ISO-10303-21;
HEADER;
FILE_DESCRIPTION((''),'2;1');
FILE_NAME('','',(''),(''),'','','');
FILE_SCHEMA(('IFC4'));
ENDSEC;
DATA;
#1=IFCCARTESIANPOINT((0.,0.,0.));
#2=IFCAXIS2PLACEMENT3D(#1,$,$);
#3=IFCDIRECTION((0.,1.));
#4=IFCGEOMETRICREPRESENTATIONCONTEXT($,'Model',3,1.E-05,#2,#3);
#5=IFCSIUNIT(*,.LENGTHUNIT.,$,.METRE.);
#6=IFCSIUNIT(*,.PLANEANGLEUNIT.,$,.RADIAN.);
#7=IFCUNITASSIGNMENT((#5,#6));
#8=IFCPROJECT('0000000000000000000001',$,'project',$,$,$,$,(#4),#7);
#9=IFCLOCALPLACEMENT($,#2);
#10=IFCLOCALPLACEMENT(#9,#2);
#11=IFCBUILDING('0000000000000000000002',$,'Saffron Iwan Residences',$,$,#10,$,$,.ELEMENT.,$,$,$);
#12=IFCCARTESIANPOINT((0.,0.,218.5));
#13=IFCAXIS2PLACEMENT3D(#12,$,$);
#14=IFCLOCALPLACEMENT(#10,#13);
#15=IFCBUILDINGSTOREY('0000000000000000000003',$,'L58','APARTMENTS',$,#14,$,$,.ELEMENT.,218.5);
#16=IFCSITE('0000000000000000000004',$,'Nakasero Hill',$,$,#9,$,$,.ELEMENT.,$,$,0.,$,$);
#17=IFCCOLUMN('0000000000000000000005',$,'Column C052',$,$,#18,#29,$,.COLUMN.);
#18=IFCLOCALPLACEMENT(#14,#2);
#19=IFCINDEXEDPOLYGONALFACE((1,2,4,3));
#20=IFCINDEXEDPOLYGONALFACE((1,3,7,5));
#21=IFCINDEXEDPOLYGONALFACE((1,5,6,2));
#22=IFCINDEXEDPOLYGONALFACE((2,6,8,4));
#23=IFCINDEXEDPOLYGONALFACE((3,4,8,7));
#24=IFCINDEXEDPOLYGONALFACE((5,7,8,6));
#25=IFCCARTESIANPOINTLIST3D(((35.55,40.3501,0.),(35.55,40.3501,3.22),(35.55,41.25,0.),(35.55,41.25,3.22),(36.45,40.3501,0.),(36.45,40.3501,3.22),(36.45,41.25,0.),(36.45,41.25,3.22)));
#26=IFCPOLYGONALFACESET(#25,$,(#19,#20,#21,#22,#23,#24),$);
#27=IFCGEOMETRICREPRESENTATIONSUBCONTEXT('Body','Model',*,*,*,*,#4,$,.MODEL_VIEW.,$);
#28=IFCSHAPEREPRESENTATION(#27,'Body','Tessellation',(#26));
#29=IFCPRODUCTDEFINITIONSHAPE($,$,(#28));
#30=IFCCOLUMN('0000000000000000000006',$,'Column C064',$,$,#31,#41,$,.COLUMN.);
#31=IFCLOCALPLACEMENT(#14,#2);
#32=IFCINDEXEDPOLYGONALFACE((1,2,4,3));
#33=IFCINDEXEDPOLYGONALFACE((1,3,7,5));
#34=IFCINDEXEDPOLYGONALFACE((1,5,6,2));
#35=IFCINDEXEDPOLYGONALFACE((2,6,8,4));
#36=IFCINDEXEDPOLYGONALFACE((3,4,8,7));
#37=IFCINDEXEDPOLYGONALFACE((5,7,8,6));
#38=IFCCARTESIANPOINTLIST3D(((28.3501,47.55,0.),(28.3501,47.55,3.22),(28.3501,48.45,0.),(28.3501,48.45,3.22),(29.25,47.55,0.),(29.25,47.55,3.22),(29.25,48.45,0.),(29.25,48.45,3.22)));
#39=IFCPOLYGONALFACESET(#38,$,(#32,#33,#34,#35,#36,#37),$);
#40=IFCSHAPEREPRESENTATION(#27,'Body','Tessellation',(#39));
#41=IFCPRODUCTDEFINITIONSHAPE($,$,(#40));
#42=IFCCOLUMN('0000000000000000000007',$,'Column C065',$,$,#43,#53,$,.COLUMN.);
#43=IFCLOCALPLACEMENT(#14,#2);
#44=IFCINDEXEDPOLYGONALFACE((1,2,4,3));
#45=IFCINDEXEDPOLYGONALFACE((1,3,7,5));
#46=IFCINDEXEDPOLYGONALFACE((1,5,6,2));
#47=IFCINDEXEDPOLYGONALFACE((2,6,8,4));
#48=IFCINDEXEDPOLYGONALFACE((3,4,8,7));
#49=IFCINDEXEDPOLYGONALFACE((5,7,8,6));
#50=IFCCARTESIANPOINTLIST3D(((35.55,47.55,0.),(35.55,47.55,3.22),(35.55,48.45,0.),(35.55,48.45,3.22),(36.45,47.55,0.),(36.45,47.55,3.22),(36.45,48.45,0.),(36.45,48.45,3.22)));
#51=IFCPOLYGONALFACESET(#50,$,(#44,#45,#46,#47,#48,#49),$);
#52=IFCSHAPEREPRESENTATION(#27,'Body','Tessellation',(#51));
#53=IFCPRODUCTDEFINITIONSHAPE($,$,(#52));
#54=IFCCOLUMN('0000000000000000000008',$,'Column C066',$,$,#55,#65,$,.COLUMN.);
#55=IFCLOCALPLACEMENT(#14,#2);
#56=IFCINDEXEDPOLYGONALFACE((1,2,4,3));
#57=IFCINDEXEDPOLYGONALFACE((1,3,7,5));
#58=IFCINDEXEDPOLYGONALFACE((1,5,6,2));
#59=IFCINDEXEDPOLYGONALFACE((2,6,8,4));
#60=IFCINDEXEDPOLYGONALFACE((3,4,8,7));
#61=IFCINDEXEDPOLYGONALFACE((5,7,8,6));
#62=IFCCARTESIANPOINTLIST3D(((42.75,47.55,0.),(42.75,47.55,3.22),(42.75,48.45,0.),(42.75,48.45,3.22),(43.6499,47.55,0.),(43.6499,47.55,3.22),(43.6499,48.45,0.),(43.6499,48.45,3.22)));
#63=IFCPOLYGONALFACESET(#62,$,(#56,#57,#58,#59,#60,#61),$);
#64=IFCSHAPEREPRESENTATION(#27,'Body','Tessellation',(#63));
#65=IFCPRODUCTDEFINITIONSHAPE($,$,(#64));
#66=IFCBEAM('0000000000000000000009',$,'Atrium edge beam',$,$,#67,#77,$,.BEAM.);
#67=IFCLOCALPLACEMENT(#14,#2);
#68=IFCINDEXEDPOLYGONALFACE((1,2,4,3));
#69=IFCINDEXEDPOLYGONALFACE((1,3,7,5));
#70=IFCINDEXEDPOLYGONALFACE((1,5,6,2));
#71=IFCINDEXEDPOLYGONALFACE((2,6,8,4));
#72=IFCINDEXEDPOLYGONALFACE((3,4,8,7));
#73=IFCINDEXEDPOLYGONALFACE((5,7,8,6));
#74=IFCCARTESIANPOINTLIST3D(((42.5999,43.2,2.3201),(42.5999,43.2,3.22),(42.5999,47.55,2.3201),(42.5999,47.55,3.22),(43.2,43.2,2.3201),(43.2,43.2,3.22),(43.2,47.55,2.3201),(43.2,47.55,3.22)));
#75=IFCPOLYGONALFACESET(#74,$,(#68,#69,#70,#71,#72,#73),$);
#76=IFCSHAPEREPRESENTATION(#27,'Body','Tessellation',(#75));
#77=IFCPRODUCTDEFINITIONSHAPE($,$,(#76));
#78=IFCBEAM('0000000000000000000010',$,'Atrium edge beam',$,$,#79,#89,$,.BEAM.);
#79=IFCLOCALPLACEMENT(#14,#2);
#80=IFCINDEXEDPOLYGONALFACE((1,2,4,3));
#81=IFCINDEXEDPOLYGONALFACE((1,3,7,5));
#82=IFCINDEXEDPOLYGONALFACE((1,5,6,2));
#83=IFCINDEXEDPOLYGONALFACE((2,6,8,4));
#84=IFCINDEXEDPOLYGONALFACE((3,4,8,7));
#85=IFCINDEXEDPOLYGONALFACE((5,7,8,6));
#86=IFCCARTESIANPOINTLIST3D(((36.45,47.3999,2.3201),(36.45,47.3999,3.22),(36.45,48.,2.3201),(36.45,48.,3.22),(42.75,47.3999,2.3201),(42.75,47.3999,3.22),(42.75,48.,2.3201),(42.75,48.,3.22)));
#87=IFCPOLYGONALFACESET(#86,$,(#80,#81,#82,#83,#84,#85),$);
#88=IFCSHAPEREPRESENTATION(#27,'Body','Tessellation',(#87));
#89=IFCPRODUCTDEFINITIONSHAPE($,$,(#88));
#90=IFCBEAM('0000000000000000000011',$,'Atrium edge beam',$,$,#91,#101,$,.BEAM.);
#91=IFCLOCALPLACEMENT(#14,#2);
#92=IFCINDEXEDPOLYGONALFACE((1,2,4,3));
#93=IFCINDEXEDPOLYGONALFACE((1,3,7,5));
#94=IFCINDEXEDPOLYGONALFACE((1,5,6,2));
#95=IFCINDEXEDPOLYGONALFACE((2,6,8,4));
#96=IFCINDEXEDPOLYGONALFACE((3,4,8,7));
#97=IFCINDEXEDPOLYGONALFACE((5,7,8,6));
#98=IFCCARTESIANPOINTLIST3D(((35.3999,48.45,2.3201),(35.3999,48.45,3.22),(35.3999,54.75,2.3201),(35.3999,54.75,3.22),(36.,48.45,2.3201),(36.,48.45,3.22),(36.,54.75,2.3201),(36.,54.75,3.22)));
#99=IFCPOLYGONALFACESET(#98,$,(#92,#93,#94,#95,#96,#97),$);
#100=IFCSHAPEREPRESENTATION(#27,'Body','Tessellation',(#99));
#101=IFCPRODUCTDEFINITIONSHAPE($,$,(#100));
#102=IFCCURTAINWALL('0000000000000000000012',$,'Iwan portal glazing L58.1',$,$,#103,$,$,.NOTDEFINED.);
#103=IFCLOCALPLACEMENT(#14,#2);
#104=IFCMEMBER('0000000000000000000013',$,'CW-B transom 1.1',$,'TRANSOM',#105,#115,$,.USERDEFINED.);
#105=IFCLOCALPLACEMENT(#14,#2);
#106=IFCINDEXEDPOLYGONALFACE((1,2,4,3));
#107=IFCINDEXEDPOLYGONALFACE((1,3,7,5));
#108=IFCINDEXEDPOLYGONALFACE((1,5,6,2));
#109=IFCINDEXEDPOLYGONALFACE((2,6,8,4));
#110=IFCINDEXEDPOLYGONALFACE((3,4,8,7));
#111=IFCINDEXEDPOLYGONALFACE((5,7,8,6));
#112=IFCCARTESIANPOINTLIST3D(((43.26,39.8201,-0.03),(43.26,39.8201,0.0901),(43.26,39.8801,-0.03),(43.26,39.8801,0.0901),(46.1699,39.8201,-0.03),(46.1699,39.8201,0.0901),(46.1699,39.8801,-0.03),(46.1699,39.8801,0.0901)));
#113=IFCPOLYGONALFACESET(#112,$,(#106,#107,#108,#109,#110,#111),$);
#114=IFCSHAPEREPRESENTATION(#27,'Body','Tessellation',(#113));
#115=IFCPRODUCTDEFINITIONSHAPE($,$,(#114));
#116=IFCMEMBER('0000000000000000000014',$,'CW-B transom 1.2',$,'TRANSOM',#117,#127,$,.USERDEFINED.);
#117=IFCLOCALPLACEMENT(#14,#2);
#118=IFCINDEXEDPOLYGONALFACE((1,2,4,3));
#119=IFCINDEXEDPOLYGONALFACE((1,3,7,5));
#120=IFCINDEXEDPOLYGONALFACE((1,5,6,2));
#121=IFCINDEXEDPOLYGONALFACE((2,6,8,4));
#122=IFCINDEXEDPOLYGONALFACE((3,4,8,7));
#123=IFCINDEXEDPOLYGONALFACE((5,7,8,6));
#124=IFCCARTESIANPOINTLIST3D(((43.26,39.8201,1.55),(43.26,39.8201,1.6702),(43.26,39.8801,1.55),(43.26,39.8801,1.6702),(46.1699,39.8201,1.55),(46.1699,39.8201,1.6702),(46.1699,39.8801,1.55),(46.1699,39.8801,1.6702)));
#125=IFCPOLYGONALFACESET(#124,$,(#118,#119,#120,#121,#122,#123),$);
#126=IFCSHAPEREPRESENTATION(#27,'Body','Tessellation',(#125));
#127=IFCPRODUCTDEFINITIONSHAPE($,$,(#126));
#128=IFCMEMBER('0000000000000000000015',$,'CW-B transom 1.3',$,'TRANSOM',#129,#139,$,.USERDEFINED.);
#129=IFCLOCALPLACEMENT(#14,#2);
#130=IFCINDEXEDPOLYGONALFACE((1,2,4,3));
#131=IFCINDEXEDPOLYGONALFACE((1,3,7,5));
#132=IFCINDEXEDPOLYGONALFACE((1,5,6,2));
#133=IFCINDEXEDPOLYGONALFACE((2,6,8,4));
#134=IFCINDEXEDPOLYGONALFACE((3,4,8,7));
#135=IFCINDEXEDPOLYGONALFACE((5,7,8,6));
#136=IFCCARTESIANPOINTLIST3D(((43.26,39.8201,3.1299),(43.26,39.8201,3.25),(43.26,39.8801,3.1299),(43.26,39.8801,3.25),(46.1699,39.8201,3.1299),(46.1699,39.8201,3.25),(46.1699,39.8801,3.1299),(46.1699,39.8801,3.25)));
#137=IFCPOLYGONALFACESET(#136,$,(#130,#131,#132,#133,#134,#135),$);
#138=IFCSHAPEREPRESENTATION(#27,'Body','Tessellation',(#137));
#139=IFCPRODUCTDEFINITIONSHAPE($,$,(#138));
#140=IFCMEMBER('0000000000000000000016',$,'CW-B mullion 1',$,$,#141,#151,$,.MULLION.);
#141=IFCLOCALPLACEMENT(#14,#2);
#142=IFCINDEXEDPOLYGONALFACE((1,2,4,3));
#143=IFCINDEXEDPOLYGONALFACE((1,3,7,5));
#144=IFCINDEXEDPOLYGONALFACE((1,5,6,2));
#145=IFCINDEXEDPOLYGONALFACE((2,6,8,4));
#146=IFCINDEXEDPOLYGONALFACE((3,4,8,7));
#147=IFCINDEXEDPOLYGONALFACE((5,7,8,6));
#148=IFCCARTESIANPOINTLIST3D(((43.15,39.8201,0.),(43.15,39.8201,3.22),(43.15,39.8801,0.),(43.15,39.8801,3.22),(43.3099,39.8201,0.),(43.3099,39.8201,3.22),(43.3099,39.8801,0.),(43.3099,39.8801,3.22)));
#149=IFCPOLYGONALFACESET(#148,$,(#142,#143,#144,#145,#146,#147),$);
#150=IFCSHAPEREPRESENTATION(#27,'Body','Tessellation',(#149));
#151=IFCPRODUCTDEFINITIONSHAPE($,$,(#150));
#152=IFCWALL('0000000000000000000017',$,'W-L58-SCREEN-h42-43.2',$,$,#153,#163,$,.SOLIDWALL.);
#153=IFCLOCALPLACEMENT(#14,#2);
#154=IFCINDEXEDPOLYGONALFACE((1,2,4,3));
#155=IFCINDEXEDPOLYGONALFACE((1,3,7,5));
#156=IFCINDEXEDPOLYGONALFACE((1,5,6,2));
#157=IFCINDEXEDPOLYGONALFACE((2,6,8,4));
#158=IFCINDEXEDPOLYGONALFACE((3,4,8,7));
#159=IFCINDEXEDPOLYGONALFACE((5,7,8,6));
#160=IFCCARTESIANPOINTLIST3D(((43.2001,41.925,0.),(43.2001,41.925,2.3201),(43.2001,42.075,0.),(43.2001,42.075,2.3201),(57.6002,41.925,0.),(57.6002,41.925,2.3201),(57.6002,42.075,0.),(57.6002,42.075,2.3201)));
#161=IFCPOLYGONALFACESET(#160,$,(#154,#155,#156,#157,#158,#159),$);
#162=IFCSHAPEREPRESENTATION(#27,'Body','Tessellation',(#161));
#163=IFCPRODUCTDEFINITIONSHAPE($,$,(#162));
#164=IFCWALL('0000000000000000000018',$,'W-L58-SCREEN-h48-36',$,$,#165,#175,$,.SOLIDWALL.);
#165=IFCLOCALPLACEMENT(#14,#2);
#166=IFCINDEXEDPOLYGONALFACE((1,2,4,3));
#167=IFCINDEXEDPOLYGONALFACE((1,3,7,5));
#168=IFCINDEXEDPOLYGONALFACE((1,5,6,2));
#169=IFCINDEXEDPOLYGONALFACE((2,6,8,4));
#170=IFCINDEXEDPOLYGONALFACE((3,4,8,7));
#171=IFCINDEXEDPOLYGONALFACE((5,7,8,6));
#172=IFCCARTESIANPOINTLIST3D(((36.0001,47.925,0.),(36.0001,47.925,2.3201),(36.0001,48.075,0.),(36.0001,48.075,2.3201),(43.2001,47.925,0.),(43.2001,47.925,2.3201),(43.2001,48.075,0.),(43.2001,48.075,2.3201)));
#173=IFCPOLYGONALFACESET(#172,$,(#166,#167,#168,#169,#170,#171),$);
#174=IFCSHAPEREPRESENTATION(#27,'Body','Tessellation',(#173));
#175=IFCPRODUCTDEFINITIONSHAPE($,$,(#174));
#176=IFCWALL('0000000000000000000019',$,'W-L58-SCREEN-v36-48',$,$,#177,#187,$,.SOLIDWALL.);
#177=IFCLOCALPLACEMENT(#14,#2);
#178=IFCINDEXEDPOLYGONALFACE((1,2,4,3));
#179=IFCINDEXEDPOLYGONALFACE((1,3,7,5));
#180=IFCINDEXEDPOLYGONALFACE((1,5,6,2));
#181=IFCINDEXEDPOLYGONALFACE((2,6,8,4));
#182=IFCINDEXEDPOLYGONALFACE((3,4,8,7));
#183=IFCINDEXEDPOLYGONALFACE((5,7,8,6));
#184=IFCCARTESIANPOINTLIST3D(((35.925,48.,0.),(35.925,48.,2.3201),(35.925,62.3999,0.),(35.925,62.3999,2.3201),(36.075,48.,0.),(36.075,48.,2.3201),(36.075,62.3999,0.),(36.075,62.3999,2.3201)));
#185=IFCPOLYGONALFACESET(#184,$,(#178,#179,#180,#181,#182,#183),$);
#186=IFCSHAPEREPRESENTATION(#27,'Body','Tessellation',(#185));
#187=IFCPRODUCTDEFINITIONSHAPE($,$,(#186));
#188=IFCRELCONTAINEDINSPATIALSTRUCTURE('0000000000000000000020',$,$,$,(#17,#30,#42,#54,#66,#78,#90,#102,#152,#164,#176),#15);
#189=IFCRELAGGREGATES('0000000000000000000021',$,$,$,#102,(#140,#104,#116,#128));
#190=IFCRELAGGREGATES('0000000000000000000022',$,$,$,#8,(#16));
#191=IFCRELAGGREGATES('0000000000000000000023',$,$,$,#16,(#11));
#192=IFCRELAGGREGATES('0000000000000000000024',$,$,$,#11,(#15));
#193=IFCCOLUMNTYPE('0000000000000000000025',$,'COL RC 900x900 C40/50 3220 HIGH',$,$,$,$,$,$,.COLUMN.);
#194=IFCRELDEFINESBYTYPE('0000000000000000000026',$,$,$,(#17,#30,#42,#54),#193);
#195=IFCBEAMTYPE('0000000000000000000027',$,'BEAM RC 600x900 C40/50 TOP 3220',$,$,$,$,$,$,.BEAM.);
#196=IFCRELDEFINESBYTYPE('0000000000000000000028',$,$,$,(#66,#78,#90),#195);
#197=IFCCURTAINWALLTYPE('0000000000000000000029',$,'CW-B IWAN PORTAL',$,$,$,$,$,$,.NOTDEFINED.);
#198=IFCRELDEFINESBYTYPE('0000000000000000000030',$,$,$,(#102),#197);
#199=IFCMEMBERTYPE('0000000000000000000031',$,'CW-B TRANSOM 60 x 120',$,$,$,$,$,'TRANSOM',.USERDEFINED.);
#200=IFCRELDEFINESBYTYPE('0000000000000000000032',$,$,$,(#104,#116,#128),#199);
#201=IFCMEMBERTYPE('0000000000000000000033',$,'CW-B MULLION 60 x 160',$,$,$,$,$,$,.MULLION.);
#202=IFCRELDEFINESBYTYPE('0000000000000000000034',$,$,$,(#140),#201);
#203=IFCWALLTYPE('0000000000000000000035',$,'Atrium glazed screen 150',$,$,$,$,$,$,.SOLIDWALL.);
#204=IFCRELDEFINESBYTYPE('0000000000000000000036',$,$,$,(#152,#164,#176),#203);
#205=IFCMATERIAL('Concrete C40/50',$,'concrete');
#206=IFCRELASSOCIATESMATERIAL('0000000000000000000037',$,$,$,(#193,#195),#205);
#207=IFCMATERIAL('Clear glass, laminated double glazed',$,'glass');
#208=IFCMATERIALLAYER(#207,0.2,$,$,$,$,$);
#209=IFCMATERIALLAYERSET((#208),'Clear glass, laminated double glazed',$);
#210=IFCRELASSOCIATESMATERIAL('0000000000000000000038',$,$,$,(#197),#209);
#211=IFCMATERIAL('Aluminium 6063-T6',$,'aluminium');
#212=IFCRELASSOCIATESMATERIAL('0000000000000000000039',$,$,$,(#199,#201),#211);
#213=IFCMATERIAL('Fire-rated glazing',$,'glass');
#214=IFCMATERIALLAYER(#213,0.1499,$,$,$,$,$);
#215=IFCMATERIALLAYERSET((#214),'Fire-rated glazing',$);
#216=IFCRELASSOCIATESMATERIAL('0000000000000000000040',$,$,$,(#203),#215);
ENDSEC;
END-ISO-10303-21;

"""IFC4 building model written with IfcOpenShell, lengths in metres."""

from ifc_helpers import new_model, si_unit, direction, frame, frame_2d, origin, origin_2d, place, context, subcontext, project, spatial, rectangle, extrude, source, transform, mapped, material, layer, layer_set, material_profile, profile_set, type_object, element, aggregate, save


model = new_model("IFC4")

# Units and contexts
model_context = context("Model", 3, precision=1e-05, world=origin(), true_north=direction((0.0, 1.0)))
body_context = subcontext(model_context, "Body", "Model", "MODEL_VIEW")
ifc_project = project(units=[si_unit("LENGTHUNIT", "METRE"), si_unit("PLANEANGLEUNIT", "RADIAN")], contexts=[model_context])

# Site, building, storey
site_placement = place(None, origin())
site = spatial("IfcSite", under=ifc_project, at=site_placement, Name="Nakasero Hill", CompositionType="ELEMENT", RefElevation=0.0)
building_placement = place(site_placement, origin())
building = spatial("IfcBuilding", under=site, at=building_placement, Name="Saffron Iwan Residences", CompositionType="ELEMENT")
storey_placement = place(building_placement, frame((0.0, 0.0, 218.5)))
storey = spatial("IfcBuildingStorey", under=building, at=storey_placement, Name="L58", Description="APARTMENTS", CompositionType="ELEMENT", Elevation=218.5)

# Columns
ifc_material_1 = material(Name="Concrete C40/50", Category="concrete")
ifc_material_profile_1 = material_profile(ifc_material_1, rectangle(XDim=0.8999, YDim=0.8999, at=origin_2d()), Name="RC 900x900")
ifc_profile_set_1 = profile_set([ifc_material_profile_1], Name="Concrete C40/50")
column_type = type_object("IfcColumnType", Name="COL RC 900x900 C40/50 3220 HIGH", PredefinedType="COLUMN", material=ifc_profile_set_1)
shared_shape_1 = source(origin(), body_context, "Body", "SweptSolid", [
    extrude(rectangle(XDim=0.8999, YDim=0.8999, at=origin_2d()), origin(), (0.0, 0.0, 1.0), 3.22),
])
for number, where, z_axis, x_axis, name in (
    (1, (36.0, 40.8, 0.0), (0.0, 0.0, 1.0), (1.0, 0.0, 0.0), "Column C052"),
    (2, (28.8, 48.0, 0.0), (0.0, 0.0, 1.0), (1.0, 0.0, 0.0), "Column C064"),
    (3, (36.0, 48.0, 0.0), (0.0, 0.0, 1.0), (1.0, 0.0, 0.0), "Column C065"),
    (4, (43.2, 48.0, 0.0), (0.0, 0.0, 1.0), (1.0, 0.0, 0.0), "Column C066"),
):
    element("IfcColumn", number, at=place(storey_placement, frame(where, z_axis=z_axis, x_axis=x_axis)), inside=storey, type_object=column_type, Name=name, PredefinedType="COLUMN", context=body_context, shape_type="MappedRepresentation", body=[
        mapped(shared_shape_1, transform((0.0, 0.0, 0.0))),
    ])

# Beams
ifc_material_profile_2 = material_profile(ifc_material_1, rectangle(XDim=0.6001, YDim=0.8999, at=origin_2d()), Name="RC 600x900")
ifc_profile_set_2 = profile_set([ifc_material_profile_2], Name="Concrete C40/50")
beam_type = type_object("IfcBeamType", Name="BEAM RC 600x900 C40/50 TOP 3220", PredefinedType="BEAM", material=ifc_profile_set_2)
shared_shape_2 = source(origin(), body_context, "Body", "SweptSolid", [
    extrude(rectangle(XDim=0.6001, YDim=0.8999, at=origin_2d()), origin(), (0.0, 0.0, 1.0), 4.3501),
])
beam_placement = place(storey_placement, frame((42.8999, 43.2, 2.77), z_axis=(0.0, 1.0, 0.0), x_axis=(-1.0, 0.0, 0.0)))
element("IfcBeam", 5, at=beam_placement, inside=storey, type_object=beam_type, Name="Atrium edge beam", PredefinedType="BEAM", context=body_context, shape_type="MappedRepresentation", body=[
    mapped(shared_shape_2, transform((0.0, 0.0, 0.0))),
])
shared_shape_3 = source(origin(), body_context, "Body", "SweptSolid", [
    extrude(rectangle(XDim=0.6001, YDim=0.8999, at=origin_2d()), origin(), (0.0, 0.0, 1.0), 6.3),
])
for number, where, z_axis, x_axis, name in (
    (6, (42.75, 47.7, 2.77), (-1.0, 0.0, 0.0), (0.0, -1.0, 0.0), "Atrium edge beam"),
    (7, (35.7, 48.45, 2.77), (0.0, 1.0, 0.0), (-1.0, 0.0, 0.0), "Atrium edge beam"),
):
    element("IfcBeam", number, at=place(storey_placement, frame(where, z_axis=z_axis, x_axis=x_axis)), inside=storey, type_object=beam_type, Name=name, PredefinedType="BEAM", context=body_context, shape_type="MappedRepresentation", body=[
        mapped(shared_shape_3, transform((0.0, 0.0, 0.0))),
    ])

# Curtain wall, members
ifc_material_2 = material(Name="Clear glass, laminated double glazed", Category="glass")
ifc_layer_1 = layer(ifc_material_2, 0.2)
ifc_layer_set_1 = layer_set([ifc_layer_1], Name="Clear glass, laminated double glazed")
curtain_wall_type = type_object("IfcCurtainWallType", Name="CW-B IWAN PORTAL", PredefinedType="NOTDEFINED", material=ifc_layer_set_1)
curtain_wall_placement = place(storey_placement, origin())
curtain_wall = element("IfcCurtainWall", 8, at=curtain_wall_placement, inside=storey, type_object=curtain_wall_type, Name="Iwan portal glazing L58.1", PredefinedType="NOTDEFINED")
ifc_material_3 = material(Name="Aluminium 6063-T6", Category="aluminium")
ifc_material_profile_3 = material_profile(ifc_material_3, rectangle(XDim=0.0601, YDim=0.1201, at=origin_2d()), Name="CW-B TRANSOM 60 x 120")
ifc_profile_set_3 = profile_set([ifc_material_profile_3], Name="Aluminium 6063-T6")
member_type_1 = type_object("IfcMemberType", Name="CW-B TRANSOM 60 x 120", ElementType="TRANSOM", PredefinedType="USERDEFINED", material=ifc_profile_set_3)
shared_shape_4 = source(origin(), body_context, "Body", "SweptSolid", [
    extrude(rectangle(XDim=0.0601, YDim=0.1201, at=origin_2d()), origin(), (0.0, 0.0, 1.0), 2.9099),
])
member_1_placement = place(storey_placement, frame((43.26, 39.8501, 0.03), z_axis=(1.0, 0.0, 0.0), x_axis=(0.0, 1.0, 0.0)))
member_1 = element("IfcMember", 9, at=member_1_placement, type_object=member_type_1, Name="CW-B transom 1.1", ObjectType="TRANSOM", PredefinedType="USERDEFINED", context=body_context, shape_type="MappedRepresentation", body=[
    mapped(shared_shape_4, transform((0.0, 0.0, 0.0))),
])
member_2_placement = place(storey_placement, frame((43.26, 39.8501, 1.6101), z_axis=(1.0, 0.0, 0.0), x_axis=(0.0, 1.0, 0.0)))
member_2 = element("IfcMember", 10, at=member_2_placement, type_object=member_type_1, Name="CW-B transom 1.2", ObjectType="TRANSOM", PredefinedType="USERDEFINED", context=body_context, shape_type="MappedRepresentation", body=[
    mapped(shared_shape_4, transform((0.0, 0.0, 0.0))),
])
member_3_placement = place(storey_placement, frame((43.26, 39.8501, 3.1899), z_axis=(1.0, 0.0, 0.0), x_axis=(0.0, 1.0, 0.0)))
member_3 = element("IfcMember", 11, at=member_3_placement, type_object=member_type_1, Name="CW-B transom 1.3", ObjectType="TRANSOM", PredefinedType="USERDEFINED", context=body_context, shape_type="MappedRepresentation", body=[
    mapped(shared_shape_4, transform((0.0, 0.0, 0.0))),
])
ifc_material_profile_4 = material_profile(ifc_material_3, rectangle(XDim=0.0601, YDim=0.1599, at=origin_2d()), Name="CW-B MULLION 60 x 160")
ifc_profile_set_4 = profile_set([ifc_material_profile_4], Name="Aluminium 6063-T6")
member_type_2 = type_object("IfcMemberType", Name="CW-B MULLION 60 x 160", PredefinedType="MULLION", material=ifc_profile_set_4)
shared_shape_5 = source(origin(), body_context, "Body", "SweptSolid", [
    extrude(rectangle(XDim=0.0601, YDim=0.1599, at=origin_2d()), origin(), (0.0, 0.0, 1.0), 3.22),
])
member_4_placement = place(storey_placement, frame((43.23, 39.8501, 0.0), z_axis=(0.0, 0.0, 1.0), x_axis=(0.0, 1.0, 0.0)))
member_4 = element("IfcMember", 12, at=member_4_placement, type_object=member_type_2, Name="CW-B mullion 1", PredefinedType="MULLION", context=body_context, shape_type="MappedRepresentation", body=[
    mapped(shared_shape_5, transform((0.0, 0.0, 0.0))),
])
aggregate(curtain_wall, [member_4, member_1, member_2, member_3])

# Walls
ifc_material_4 = material(Name="Fire-rated glazing", Category="glass")
ifc_layer_2 = layer(ifc_material_4, 0.1499)
ifc_layer_set_2 = layer_set([ifc_layer_2], Name="Fire-rated glazing")
wall_type_1 = type_object("IfcWallType", Name="Atrium glazed screen 150", PredefinedType="SOLIDWALL", material=ifc_layer_set_2)
wall_1_placement = place(storey_placement, frame((43.2, 42.0, 0.0), z_axis=(0.0, 0.0, 1.0), x_axis=(1.0, 0.0, 0.0)))
element("IfcWall", 13, at=wall_1_placement, inside=storey, type_object=wall_type_1, Name="W-L58-SCREEN-h42-43.2", PredefinedType="SOLIDWALL", context=body_context, shape_type="SweptSolid", body=[
    extrude(rectangle(XDim=14.4001, YDim=0.1499, at=frame_2d((7.2002, 0.0))), origin(), (0.0, 0.0, 1.0), 2.3201),
])
wall_2_placement = place(storey_placement, frame((36.0, 48.0, 0.0), z_axis=(0.0, 0.0, 1.0), x_axis=(1.0, 0.0, 0.0)))
element("IfcWall", 14, at=wall_2_placement, inside=storey, type_object=wall_type_1, Name="W-L58-SCREEN-h48-36", PredefinedType="SOLIDWALL", context=body_context, shape_type="SweptSolid", body=[
    extrude(rectangle(XDim=7.2, YDim=0.1499, at=frame_2d((3.6001, 0.0))), origin(), (0.0, 0.0, 1.0), 2.3201),
])
wall_3_placement = place(storey_placement, frame((36.0, 48.0, 0.0), z_axis=(0.0, 0.0, 1.0), x_axis=(0.0, 1.0, 0.0)))
element("IfcWall", 15, at=wall_3_placement, inside=storey, type_object=wall_type_1, Name="W-L58-SCREEN-v36-48", PredefinedType="SOLIDWALL", context=body_context, shape_type="SweptSolid", body=[
    extrude(rectangle(XDim=14.3999, YDim=0.1499, at=frame_2d((7.2, 0.0))), origin(), (0.0, 0.0, 1.0), 2.3201),
])

save(model, "model.ifc")
